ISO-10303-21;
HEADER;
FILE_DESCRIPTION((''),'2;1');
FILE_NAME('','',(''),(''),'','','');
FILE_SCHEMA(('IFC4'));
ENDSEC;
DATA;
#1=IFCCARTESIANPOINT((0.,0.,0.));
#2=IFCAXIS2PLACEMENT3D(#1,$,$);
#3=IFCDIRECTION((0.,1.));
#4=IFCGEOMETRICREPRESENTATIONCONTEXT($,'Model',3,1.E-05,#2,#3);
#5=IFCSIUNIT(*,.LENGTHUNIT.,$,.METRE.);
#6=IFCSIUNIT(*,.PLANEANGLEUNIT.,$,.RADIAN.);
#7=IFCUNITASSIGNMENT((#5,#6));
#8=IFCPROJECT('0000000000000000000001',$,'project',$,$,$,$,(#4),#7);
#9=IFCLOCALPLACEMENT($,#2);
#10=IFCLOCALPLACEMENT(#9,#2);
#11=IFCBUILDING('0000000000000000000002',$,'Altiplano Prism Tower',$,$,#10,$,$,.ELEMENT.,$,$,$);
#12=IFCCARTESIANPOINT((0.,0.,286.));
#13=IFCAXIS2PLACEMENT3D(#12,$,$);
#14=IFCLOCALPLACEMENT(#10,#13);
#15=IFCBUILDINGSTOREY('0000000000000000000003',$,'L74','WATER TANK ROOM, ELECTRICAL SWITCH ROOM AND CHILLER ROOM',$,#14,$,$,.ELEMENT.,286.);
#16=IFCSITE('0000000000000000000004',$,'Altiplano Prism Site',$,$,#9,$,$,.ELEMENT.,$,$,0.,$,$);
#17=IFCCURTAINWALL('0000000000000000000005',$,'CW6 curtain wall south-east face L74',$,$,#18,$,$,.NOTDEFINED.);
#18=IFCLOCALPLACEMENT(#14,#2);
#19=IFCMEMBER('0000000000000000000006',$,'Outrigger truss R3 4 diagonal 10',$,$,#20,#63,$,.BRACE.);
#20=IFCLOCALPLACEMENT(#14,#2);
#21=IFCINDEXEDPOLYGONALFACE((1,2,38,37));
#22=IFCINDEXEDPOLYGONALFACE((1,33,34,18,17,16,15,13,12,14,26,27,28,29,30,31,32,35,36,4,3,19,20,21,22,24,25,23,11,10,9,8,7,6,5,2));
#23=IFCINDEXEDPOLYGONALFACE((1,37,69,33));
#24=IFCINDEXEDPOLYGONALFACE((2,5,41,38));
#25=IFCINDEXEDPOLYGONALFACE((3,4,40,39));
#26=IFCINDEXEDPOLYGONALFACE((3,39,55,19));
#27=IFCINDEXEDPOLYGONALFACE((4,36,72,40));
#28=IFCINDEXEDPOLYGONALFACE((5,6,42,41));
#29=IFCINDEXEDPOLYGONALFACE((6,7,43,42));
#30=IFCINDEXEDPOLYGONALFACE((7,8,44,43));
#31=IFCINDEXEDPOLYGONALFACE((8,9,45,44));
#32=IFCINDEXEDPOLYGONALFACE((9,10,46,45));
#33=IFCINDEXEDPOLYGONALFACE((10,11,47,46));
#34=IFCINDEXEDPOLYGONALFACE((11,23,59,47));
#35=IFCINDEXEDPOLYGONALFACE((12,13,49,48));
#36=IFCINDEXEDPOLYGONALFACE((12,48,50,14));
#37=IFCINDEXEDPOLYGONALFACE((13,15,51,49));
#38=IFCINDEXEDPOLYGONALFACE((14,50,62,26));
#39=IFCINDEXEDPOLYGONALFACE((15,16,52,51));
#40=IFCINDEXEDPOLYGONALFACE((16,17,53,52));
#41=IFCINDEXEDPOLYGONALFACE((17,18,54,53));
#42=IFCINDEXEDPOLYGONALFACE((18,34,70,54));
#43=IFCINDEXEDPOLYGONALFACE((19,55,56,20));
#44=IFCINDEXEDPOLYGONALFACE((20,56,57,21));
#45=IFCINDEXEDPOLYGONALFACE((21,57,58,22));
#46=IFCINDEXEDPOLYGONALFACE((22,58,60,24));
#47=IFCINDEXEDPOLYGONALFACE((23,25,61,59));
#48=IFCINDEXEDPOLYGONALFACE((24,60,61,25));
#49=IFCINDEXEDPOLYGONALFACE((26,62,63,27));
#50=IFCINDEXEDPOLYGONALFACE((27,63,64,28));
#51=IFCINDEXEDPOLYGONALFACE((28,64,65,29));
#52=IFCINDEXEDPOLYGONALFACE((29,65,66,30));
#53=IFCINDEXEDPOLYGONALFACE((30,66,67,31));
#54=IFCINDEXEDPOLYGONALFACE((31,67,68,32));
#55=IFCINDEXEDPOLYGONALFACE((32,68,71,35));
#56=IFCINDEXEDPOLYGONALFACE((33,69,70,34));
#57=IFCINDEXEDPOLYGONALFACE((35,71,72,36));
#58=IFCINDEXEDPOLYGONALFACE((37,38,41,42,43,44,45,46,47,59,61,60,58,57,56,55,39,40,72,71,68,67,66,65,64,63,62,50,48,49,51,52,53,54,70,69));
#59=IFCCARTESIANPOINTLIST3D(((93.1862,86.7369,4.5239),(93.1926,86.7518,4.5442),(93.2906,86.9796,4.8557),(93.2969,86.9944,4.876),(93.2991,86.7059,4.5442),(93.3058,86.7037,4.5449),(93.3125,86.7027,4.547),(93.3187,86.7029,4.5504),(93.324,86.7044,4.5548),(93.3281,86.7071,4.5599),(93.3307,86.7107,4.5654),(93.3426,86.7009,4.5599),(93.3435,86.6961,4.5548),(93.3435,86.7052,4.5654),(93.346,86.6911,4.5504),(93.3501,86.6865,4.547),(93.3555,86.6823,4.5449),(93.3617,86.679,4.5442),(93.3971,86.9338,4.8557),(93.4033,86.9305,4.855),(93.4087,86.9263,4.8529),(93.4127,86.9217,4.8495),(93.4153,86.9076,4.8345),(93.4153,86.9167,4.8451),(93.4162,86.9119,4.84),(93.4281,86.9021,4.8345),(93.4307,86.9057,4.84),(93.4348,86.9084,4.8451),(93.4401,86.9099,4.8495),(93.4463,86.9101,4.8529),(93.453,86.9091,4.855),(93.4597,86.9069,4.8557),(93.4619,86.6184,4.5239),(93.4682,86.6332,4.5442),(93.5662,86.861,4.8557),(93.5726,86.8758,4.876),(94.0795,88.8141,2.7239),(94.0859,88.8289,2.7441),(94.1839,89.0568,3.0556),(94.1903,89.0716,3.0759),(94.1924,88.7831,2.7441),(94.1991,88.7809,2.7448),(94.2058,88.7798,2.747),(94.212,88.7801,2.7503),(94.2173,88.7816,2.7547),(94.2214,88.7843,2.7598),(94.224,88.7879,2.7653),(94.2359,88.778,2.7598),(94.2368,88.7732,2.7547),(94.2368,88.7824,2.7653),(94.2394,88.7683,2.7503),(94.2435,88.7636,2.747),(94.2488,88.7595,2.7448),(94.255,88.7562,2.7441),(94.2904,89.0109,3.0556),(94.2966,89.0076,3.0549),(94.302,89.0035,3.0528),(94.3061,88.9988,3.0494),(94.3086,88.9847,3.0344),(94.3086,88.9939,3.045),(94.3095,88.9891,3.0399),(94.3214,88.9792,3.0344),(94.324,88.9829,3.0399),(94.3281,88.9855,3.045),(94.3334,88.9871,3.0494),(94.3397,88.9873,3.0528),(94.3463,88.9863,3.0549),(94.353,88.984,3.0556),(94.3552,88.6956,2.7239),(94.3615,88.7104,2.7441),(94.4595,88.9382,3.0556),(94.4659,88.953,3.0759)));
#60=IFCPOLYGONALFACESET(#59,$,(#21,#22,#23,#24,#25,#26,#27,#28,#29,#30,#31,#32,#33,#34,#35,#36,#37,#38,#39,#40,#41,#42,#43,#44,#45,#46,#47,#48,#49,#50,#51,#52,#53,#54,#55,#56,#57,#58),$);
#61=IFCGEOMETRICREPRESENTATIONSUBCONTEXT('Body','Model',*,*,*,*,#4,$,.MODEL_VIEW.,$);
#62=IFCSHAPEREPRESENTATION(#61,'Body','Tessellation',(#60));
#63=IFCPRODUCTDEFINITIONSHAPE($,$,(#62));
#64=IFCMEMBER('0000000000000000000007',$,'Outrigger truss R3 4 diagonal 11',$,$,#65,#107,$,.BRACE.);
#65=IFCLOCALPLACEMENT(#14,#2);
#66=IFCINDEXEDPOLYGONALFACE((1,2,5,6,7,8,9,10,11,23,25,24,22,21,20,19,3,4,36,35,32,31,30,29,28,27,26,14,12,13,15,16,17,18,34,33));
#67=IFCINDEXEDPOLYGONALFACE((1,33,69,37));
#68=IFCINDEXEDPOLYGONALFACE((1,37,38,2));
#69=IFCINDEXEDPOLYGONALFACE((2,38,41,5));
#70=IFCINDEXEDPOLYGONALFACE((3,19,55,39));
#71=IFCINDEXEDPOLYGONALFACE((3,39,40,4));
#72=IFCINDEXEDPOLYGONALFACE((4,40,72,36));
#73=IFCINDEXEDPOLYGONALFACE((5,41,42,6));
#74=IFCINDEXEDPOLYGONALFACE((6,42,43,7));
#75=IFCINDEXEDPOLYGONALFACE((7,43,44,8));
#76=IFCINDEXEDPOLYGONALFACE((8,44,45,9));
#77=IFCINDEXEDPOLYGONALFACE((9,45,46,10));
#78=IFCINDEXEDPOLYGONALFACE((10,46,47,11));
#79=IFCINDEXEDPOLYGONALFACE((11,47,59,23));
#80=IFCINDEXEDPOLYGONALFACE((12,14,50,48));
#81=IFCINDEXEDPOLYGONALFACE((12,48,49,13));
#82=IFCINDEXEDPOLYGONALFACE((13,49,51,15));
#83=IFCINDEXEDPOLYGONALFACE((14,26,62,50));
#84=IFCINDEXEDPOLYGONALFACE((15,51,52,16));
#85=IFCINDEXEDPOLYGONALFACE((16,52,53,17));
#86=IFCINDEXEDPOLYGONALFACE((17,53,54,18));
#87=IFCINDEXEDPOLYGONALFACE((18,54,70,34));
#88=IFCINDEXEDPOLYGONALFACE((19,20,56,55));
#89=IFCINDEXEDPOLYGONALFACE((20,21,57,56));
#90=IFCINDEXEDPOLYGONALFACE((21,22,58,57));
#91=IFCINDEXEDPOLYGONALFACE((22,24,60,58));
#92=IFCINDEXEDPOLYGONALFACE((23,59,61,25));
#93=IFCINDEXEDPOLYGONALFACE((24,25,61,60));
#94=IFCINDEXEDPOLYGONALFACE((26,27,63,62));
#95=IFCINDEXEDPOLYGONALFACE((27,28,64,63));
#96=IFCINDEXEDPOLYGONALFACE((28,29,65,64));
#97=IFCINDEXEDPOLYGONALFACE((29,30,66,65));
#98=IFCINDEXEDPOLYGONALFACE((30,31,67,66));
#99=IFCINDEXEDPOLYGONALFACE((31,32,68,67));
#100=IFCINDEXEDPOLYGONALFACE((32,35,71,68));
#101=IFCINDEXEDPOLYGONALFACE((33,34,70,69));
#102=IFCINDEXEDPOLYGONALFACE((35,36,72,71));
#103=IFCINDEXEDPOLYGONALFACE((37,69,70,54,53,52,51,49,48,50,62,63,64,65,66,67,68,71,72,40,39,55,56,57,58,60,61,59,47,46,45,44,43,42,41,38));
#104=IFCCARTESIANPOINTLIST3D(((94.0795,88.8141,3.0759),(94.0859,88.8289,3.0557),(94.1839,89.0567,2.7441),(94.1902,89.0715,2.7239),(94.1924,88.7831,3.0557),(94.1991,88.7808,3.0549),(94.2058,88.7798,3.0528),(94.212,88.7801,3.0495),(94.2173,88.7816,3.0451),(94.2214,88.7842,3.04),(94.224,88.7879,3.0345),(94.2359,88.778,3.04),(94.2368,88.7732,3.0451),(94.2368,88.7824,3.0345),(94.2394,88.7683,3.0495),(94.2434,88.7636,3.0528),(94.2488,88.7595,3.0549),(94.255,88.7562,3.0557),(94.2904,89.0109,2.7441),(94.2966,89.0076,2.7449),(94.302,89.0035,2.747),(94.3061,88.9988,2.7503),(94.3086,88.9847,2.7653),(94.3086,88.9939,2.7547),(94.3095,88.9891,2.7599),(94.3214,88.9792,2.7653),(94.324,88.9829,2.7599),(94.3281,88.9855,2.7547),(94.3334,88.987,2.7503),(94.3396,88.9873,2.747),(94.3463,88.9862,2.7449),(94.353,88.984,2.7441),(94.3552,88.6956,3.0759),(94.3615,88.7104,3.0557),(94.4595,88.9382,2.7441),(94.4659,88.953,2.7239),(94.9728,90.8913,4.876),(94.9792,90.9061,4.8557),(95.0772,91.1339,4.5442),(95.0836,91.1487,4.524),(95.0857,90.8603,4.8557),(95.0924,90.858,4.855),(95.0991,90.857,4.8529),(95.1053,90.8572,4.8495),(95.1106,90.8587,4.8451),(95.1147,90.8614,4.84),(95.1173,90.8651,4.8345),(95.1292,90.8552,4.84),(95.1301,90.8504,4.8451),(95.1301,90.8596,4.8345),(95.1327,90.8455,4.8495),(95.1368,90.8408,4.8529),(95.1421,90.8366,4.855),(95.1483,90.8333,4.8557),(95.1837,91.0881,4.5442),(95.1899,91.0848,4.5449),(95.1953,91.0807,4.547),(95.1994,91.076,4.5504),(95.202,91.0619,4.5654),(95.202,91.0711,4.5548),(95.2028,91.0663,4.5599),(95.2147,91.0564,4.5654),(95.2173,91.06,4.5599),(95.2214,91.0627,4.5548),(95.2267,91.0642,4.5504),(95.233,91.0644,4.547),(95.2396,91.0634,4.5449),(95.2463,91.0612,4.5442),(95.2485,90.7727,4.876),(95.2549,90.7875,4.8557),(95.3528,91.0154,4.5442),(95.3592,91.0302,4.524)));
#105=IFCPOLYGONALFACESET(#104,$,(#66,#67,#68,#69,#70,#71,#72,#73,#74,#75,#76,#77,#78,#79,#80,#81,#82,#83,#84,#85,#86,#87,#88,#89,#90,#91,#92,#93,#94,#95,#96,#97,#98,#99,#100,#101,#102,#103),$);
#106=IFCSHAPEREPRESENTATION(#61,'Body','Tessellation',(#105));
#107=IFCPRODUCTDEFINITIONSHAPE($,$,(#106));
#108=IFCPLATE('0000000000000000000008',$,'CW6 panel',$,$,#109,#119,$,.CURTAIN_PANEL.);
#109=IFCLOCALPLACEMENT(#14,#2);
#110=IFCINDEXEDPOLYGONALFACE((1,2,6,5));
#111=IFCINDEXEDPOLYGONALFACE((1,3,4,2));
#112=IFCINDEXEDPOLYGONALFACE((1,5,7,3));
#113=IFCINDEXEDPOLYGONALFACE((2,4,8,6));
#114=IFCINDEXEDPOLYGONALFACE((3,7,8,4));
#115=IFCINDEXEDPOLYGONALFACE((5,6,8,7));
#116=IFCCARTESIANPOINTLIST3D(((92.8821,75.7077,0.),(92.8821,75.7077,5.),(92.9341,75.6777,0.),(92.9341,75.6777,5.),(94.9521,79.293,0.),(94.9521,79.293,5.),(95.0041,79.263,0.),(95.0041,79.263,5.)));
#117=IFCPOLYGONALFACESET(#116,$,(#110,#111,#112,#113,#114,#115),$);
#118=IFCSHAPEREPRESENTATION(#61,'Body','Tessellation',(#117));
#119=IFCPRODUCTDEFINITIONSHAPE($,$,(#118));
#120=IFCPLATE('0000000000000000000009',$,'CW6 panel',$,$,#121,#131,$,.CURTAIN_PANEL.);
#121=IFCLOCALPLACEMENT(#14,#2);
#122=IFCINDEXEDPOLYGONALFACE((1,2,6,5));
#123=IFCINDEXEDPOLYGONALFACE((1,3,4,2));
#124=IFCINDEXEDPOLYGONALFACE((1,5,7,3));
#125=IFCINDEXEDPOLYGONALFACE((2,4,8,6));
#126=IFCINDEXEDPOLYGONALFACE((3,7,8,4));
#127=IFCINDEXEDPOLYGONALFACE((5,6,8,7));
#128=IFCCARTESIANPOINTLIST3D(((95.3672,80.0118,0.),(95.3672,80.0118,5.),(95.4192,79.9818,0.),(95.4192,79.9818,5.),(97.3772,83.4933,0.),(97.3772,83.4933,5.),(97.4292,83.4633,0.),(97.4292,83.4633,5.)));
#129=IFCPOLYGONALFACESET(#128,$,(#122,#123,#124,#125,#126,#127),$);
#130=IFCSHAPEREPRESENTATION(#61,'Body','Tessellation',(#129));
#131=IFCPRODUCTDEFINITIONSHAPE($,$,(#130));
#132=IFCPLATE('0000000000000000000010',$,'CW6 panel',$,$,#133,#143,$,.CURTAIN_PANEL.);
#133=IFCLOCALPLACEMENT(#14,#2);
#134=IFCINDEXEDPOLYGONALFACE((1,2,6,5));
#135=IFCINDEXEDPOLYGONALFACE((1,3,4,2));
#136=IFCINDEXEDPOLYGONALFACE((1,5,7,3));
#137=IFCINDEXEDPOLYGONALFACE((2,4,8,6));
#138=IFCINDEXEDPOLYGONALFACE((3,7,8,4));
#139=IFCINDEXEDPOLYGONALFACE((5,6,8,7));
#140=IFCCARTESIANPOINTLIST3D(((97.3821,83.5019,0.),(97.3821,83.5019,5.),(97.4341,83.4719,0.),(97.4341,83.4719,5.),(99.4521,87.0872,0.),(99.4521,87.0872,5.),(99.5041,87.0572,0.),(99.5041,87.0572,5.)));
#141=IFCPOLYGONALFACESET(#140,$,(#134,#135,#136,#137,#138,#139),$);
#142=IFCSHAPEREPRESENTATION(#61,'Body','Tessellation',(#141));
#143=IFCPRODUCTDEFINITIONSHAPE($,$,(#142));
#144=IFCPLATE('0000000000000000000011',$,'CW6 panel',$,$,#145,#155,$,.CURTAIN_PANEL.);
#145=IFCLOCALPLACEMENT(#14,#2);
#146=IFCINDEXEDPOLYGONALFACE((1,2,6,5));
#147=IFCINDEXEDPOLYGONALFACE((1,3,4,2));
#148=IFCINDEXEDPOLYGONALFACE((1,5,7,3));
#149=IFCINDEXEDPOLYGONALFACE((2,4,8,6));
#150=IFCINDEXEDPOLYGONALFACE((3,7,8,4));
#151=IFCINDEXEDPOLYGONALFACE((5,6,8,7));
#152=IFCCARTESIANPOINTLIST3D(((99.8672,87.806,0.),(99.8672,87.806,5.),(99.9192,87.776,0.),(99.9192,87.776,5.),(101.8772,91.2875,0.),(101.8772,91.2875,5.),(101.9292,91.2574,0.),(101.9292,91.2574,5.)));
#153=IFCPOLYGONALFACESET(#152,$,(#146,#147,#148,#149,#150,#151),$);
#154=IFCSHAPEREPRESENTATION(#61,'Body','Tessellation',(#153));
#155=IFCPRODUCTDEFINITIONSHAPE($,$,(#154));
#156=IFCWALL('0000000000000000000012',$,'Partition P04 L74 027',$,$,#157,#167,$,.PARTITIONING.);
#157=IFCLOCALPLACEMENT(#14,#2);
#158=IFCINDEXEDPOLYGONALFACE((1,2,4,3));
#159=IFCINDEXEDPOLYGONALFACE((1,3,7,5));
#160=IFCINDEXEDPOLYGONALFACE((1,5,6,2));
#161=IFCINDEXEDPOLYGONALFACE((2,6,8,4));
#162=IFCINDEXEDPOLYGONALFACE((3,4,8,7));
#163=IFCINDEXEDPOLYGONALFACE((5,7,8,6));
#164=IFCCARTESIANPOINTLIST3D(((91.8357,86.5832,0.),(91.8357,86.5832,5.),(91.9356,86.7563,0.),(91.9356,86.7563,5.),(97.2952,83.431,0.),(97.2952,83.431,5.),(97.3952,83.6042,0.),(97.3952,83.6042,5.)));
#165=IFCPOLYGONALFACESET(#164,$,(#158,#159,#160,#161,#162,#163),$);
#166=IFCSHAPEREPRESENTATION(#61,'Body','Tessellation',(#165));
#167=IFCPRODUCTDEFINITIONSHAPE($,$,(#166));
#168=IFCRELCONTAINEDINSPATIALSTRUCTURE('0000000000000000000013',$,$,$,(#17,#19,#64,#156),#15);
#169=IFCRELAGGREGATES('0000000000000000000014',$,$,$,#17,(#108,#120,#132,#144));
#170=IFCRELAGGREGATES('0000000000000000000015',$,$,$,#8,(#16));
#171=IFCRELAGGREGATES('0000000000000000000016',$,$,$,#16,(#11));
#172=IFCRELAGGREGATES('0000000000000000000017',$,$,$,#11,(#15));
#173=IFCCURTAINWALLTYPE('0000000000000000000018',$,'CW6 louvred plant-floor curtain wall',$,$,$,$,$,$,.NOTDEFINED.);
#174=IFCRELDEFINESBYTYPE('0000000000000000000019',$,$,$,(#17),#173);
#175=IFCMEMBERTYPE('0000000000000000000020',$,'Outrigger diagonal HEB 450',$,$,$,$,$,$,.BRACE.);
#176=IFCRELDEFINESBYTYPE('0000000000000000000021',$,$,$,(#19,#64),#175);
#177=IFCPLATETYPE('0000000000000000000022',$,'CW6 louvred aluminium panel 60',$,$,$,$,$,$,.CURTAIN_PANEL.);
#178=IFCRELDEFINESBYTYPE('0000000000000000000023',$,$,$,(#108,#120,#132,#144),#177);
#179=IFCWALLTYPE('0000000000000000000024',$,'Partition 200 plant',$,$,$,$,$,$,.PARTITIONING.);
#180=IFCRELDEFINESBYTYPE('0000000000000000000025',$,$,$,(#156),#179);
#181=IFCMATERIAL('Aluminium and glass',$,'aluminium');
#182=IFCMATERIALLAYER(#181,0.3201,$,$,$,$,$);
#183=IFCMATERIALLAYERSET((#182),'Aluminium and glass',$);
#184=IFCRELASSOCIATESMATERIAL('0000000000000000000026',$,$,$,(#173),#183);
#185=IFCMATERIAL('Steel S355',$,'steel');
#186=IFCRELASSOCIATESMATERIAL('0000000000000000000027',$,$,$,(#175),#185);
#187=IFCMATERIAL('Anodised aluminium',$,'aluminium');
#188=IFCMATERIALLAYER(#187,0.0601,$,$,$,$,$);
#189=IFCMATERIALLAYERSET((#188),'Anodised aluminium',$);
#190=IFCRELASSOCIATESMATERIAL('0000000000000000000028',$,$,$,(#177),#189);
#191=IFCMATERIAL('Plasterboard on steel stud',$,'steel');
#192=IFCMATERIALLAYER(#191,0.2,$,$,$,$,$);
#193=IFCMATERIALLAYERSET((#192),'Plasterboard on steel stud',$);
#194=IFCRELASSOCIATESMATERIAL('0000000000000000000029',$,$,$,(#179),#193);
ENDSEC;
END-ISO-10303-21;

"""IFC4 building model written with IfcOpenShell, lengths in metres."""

from ifc_helpers import new_model, si_unit, direction, frame, frame_2d, origin, origin_2d, place, context, subcontext, project, spatial, rectangle, i_section, extrude, material, layer, layer_set, material_profile, profile_set, type_object, element, aggregate, save


model = new_model("IFC4")

# Units and contexts
model_context = context("Model", 3, precision=1e-05, world=origin(), true_north=direction((0.0, 1.0)))
body_context = subcontext(model_context, "Body", "Model", "MODEL_VIEW")
ifc_project = project(units=[si_unit("LENGTHUNIT", "METRE"), si_unit("PLANEANGLEUNIT", "RADIAN")], contexts=[model_context])

# Site, building, storey
site_placement = place(None, origin())
site = spatial("IfcSite", under=ifc_project, at=site_placement, Name="Altiplano Prism Site", CompositionType="ELEMENT", RefElevation=0.0)
building_placement = place(site_placement, origin())
building = spatial("IfcBuilding", under=site, at=building_placement, Name="Altiplano Prism Tower", CompositionType="ELEMENT")
storey_placement = place(building_placement, frame((0.0, 0.0, 286.0)))
storey = spatial("IfcBuildingStorey", under=building, at=storey_placement, Name="L74", Description="WATER TANK ROOM, ELECTRICAL SWITCH ROOM AND CHILLER ROOM", CompositionType="ELEMENT", Elevation=286.0)

# Shared definitions
ifc_material_1 = material(Name="Steel S355", Category="steel")

# Curtain wall
ifc_material_2 = material(Name="Aluminium and glass", Category="aluminium")
ifc_layer_1 = layer(ifc_material_2, 0.3201)
ifc_layer_set_1 = layer_set([ifc_layer_1], Name="Aluminium and glass")
curtain_wall_type = type_object("IfcCurtainWallType", Name="CW6 louvred plant-floor curtain wall", PredefinedType="NOTDEFINED", material=ifc_layer_set_1)
curtain_wall_placement = place(storey_placement, origin())
curtain_wall = element("IfcCurtainWall", 1, at=curtain_wall_placement, inside=storey, type_object=curtain_wall_type, Name="CW6 curtain wall south-east face L74", PredefinedType="NOTDEFINED")

# Members
ifc_material_profile_1 = material_profile(ifc_material_1, i_section(OverallWidth=0.3, OverallDepth=0.45, WebThickness=0.0139, FlangeThickness=0.0259, FilletRadius=0.0271, at=origin_2d()), Name="Outrigger diagonal HEB 450")
ifc_profile_set_1 = profile_set([ifc_material_profile_1], Name="Steel S355")
member_type_1 = type_object("IfcMemberType", Name="Outrigger diagonal HEB 450", PredefinedType="BRACE", material=ifc_profile_set_1)
for number, where, z_axis, x_axis, name in (
    (2, (93.3794, 86.8064, 4.7), (0.309092, 0.71871, -0.622831), (-0.918647, 0.395079, 0.0), "Outrigger truss R3 4 diagonal 10"),
    (3, (94.2727, 88.8835, 2.8999), (0.309092, 0.71871, 0.622831), (-0.918647, 0.395079, 0.0), "Outrigger truss R3 4 diagonal 11"),
):
    element("IfcMember", number, at=place(storey_placement, frame(where, z_axis=z_axis, x_axis=x_axis)), inside=storey, type_object=member_type_1, Name=name, PredefinedType="BRACE", context=body_context, shape_type="SweptSolid", body=[
        extrude(i_section(OverallWidth=0.3, OverallDepth=0.45, WebThickness=0.0139, FlangeThickness=0.0259, FilletRadius=0.0271, at=origin_2d()), origin(), (0.0, 0.0, 1.0), 2.8901),
    ])

# Plates
ifc_material_3 = material(Name="Anodised aluminium", Category="aluminium")
ifc_layer_2 = layer(ifc_material_3, 0.0601)
ifc_layer_set_2 = layer_set([ifc_layer_2], Name="Anodised aluminium")
plate_type = type_object("IfcPlateType", Name="CW6 louvred aluminium panel 60", PredefinedType="CURTAIN_PANEL", material=ifc_layer_set_2)
plate_1_placement = place(storey_placement, frame((93.9431, 77.4854, 0.0), z_axis=(0.0, 0.0, 1.0), x_axis=(0.5, 0.866025, 0.0)))
plate_1 = element("IfcPlate", 4, at=plate_1_placement, type_object=plate_type, Name="CW6 panel", PredefinedType="CURTAIN_PANEL", context=body_context, shape_type="SweptSolid", body=[
    extrude(rectangle(XDim=4.1399, YDim=0.0601, at=origin_2d()), origin(), (0.0, 0.0, 1.0), 5.0),
])
plate_2_placement = place(storey_placement, frame((96.3982, 81.7375, 0.0), z_axis=(0.0, 0.0, 1.0), x_axis=(0.5, 0.866025, 0.0)))
plate_2 = element("IfcPlate", 5, at=plate_2_placement, type_object=plate_type, Name="CW6 panel", PredefinedType="CURTAIN_PANEL", context=body_context, shape_type="SweptSolid", body=[
    extrude(rectangle(XDim=4.02, YDim=0.0601, at=origin_2d()), origin(), (0.0, 0.0, 1.0), 5.0),
])
plate_3_placement = place(storey_placement, frame((98.4431, 85.2795, 0.0), z_axis=(0.0, 0.0, 1.0), x_axis=(0.5, 0.866025, 0.0)))
plate_3 = element("IfcPlate", 6, at=plate_3_placement, type_object=plate_type, Name="CW6 panel", PredefinedType="CURTAIN_PANEL", context=body_context, shape_type="SweptSolid", body=[
    extrude(rectangle(XDim=4.1399, YDim=0.0601, at=origin_2d()), origin(), (0.0, 0.0, 1.0), 5.0),
])
plate_4_placement = place(storey_placement, frame((100.8982, 89.5317, 0.0), z_axis=(0.0, 0.0, 1.0), x_axis=(0.5, 0.866025, 0.0)))
plate_4 = element("IfcPlate", 7, at=plate_4_placement, type_object=plate_type, Name="CW6 panel", PredefinedType="CURTAIN_PANEL", context=body_context, shape_type="SweptSolid", body=[
    extrude(rectangle(XDim=4.02, YDim=0.0601, at=origin_2d()), origin(), (0.0, 0.0, 1.0), 5.0),
])
aggregate(curtain_wall, [plate_1, plate_2, plate_3, plate_4])

# Wall
ifc_material_4 = material(Name="Plasterboard on steel stud", Category="steel")
ifc_layer_3 = layer(ifc_material_4, 0.2)
ifc_layer_set_3 = layer_set([ifc_layer_3], Name="Plasterboard on steel stud")
wall_type = type_object("IfcWallType", Name="Partition 200 plant", PredefinedType="PARTITIONING", material=ifc_layer_set_3)
wall_placement = place(storey_placement, frame((97.3452, 83.5176, 0.0), z_axis=(0.0, 0.0, 1.0), x_axis=(-0.86602, 0.500009, 0.0)))
element("IfcWall", 8, at=wall_placement, inside=storey, type_object=wall_type, Name="Partition P04 L74 027", PredefinedType="PARTITIONING", context=body_context, shape_type="SweptSolid", body=[
    extrude(rectangle(XDim=6.3042, YDim=0.2, at=frame_2d((3.1521, 0.0))), origin(), (0.0, 0.0, 1.0), 5.0),
])

save(model, "model.ifc")
